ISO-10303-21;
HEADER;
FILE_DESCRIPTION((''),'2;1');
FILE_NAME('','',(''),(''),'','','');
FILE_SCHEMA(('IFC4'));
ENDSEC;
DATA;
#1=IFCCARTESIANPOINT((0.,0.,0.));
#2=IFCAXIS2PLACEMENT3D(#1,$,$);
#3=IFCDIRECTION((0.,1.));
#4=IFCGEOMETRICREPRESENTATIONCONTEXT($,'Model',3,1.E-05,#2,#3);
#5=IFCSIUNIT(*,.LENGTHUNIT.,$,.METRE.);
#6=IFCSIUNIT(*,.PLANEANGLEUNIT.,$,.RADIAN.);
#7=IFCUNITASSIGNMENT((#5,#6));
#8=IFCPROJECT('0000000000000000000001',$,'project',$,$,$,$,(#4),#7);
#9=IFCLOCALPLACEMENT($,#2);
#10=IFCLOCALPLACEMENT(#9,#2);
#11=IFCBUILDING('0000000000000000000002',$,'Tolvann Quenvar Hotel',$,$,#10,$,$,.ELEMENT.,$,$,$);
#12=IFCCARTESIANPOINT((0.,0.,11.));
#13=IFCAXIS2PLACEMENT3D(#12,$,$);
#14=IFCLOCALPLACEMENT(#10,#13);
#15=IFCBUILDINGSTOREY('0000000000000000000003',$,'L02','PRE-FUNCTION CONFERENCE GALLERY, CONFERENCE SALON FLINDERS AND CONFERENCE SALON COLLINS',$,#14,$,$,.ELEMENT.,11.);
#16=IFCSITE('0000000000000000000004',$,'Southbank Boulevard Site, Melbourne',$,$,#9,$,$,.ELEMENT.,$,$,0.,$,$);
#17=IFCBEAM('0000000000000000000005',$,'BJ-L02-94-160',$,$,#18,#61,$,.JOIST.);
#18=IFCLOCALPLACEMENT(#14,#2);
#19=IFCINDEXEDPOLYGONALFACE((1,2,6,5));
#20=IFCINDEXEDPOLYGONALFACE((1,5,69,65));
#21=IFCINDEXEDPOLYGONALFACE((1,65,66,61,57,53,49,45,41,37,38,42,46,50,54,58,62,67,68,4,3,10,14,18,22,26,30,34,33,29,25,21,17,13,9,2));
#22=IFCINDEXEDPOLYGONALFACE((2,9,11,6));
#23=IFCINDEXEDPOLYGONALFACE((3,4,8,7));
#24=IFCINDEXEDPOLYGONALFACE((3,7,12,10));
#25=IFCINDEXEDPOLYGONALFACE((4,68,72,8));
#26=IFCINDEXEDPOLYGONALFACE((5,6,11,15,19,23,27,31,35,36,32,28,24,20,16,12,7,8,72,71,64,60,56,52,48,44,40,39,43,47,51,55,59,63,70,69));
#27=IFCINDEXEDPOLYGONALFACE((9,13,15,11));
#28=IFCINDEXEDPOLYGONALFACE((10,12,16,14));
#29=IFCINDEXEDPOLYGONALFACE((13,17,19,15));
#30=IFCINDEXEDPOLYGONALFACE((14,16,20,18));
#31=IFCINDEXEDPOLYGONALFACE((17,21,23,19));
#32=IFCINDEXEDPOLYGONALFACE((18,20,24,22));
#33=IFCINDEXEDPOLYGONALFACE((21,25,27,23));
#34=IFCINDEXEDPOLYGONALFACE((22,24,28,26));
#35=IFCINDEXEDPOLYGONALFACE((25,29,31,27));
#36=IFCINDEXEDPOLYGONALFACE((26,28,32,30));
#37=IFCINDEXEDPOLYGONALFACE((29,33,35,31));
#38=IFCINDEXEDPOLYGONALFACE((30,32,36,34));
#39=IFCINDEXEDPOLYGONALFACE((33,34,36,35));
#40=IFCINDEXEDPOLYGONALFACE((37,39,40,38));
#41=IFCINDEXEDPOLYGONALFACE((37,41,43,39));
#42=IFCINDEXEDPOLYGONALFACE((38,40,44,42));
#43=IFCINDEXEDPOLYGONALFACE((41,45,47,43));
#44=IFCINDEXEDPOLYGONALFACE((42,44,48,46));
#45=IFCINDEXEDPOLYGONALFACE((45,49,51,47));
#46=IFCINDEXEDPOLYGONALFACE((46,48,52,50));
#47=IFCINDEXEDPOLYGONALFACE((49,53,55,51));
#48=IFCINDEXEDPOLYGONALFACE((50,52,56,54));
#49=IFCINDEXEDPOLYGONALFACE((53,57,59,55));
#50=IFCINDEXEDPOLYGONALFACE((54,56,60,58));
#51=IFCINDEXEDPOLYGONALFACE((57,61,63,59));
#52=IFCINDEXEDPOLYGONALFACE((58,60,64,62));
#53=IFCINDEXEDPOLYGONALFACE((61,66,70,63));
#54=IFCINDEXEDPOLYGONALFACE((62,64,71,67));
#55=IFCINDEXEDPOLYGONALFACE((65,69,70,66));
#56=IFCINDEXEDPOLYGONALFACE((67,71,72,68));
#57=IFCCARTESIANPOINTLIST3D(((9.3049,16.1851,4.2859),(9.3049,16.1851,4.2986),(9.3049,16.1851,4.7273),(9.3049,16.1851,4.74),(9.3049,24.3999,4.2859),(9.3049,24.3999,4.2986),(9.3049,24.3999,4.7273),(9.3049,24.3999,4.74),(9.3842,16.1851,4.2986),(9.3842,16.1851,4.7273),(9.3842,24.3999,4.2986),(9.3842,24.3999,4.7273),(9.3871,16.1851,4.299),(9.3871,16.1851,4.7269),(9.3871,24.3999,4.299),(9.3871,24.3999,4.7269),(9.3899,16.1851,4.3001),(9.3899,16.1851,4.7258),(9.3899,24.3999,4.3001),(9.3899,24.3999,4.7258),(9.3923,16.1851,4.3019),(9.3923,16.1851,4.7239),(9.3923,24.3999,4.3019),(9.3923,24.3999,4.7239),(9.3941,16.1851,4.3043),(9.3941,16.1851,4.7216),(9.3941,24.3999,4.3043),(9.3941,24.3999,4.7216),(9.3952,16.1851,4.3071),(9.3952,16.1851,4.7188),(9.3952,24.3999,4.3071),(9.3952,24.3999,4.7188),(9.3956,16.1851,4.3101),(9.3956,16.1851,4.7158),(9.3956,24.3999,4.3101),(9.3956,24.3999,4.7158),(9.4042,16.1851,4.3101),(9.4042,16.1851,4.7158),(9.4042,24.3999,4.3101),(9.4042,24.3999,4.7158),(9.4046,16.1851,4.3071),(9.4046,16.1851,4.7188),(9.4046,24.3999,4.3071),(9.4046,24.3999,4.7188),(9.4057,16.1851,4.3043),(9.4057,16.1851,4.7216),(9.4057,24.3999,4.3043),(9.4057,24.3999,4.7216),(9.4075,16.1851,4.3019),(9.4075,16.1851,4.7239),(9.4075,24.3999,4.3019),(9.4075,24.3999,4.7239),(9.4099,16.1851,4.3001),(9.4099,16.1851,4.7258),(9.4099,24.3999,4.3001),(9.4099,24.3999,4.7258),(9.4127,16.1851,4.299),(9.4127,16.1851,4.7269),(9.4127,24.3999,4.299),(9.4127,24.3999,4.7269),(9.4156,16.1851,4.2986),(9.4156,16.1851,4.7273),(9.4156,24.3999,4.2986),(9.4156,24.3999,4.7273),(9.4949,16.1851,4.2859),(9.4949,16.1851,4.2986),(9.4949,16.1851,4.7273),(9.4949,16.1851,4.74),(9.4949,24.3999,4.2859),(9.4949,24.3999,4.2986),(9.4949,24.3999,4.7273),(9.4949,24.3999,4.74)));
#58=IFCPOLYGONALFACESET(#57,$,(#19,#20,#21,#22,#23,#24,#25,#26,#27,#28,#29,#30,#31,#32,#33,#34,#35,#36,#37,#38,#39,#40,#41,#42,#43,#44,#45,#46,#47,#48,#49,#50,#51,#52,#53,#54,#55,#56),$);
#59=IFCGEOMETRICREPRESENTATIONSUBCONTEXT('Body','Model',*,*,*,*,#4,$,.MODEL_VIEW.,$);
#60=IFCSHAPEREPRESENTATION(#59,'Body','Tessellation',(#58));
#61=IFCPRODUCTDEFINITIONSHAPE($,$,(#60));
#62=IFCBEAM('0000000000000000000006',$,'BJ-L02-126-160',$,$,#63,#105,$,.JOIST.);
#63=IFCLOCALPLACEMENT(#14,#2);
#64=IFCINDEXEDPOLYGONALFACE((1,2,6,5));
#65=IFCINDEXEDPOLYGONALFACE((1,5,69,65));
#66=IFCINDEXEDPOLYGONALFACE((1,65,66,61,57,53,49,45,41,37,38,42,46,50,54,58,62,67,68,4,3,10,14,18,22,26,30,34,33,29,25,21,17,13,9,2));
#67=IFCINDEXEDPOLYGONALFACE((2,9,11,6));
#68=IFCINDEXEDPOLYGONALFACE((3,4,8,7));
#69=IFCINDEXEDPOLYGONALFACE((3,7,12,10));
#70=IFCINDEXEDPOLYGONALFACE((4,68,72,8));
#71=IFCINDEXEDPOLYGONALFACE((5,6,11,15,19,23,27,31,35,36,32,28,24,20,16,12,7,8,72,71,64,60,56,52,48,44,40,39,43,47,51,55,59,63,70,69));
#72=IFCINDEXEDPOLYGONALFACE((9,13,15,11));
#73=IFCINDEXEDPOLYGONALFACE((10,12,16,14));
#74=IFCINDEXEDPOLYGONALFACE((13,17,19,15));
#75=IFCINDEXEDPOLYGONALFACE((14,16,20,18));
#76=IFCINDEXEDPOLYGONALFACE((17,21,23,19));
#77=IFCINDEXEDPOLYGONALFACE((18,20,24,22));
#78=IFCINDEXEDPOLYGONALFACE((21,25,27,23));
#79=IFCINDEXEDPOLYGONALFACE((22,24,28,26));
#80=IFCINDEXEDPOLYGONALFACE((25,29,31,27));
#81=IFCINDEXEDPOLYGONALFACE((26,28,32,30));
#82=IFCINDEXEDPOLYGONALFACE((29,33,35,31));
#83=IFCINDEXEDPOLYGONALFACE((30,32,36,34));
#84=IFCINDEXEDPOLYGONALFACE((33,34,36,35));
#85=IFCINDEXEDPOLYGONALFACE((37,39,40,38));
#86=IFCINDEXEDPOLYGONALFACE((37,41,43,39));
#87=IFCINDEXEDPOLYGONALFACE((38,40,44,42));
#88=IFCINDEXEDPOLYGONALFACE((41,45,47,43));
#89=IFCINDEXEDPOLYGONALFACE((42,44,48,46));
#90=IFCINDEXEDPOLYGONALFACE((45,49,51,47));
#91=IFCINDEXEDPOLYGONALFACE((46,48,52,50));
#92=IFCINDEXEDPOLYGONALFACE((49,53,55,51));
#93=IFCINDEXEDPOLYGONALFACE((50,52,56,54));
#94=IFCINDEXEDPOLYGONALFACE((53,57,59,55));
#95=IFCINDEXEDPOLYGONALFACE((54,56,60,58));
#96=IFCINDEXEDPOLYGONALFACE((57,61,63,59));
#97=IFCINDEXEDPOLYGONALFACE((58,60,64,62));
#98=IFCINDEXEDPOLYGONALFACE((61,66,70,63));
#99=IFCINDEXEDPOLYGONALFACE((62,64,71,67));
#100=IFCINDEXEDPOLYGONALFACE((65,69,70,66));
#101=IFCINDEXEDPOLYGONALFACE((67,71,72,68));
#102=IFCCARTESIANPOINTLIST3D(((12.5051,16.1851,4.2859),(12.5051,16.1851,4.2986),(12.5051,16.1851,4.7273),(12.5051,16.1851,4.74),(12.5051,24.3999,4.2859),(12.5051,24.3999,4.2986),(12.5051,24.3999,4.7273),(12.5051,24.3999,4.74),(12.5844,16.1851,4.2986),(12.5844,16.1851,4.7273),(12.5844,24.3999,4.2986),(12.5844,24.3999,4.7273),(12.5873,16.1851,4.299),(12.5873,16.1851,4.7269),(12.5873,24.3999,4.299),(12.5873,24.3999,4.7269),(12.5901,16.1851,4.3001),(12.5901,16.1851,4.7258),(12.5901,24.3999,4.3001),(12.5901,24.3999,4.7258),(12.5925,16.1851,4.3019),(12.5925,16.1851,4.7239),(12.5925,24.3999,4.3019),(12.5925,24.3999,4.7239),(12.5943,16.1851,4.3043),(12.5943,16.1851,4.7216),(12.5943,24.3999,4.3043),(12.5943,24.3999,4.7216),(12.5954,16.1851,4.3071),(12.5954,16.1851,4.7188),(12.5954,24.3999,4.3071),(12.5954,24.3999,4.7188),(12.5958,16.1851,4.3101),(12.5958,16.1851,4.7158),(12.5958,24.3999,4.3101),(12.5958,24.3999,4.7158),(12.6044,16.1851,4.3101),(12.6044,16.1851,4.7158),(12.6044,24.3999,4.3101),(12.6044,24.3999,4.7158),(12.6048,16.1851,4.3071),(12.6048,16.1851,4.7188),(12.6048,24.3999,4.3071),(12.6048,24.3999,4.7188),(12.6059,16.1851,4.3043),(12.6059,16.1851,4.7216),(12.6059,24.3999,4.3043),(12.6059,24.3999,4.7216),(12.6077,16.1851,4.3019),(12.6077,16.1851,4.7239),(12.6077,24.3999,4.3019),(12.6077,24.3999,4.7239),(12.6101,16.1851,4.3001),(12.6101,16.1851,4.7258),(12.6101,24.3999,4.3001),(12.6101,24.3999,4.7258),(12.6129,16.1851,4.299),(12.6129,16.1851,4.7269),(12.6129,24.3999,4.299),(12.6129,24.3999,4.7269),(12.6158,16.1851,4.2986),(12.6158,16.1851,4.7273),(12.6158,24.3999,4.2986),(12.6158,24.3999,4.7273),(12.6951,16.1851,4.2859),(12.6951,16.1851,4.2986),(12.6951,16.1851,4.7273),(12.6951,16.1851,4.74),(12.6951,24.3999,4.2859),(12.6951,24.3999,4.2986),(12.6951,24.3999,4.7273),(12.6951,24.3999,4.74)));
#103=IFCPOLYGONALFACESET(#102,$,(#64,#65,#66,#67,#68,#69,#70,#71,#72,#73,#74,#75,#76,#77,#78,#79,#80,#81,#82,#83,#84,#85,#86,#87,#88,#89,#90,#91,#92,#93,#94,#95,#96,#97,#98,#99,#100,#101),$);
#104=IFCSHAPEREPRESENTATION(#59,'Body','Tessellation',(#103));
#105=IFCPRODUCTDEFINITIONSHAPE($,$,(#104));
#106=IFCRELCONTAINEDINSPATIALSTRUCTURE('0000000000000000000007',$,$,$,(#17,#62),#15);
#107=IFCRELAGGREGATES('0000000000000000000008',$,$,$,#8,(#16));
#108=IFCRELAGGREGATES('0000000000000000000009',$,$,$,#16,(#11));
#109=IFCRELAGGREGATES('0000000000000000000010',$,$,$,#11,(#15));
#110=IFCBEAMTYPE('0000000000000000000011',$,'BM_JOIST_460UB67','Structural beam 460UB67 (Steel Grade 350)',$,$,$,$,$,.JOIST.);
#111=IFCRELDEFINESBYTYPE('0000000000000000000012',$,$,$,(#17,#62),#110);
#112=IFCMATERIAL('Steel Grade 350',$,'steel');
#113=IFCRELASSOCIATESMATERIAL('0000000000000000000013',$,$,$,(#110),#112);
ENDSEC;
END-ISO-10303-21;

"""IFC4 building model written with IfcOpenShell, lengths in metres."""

from ifc_helpers import new_model, si_unit, direction, frame, origin, origin_2d, place, context, subcontext, project, spatial, i_section, extrude, source, transform, mapped, material, material_profile, profile_set, type_object, type_shapes, element, save


model = new_model("IFC4")

# Units and contexts
model_context = context("Model", 3, precision=1e-05, world=origin(), true_north=direction((0.0, 1.0)))
body_context = subcontext(model_context, "Body", "Model", "MODEL_VIEW")
ifc_project = project(units=[si_unit("LENGTHUNIT", "METRE"), si_unit("PLANEANGLEUNIT", "RADIAN")], contexts=[model_context])

# Site, building, storey
site_placement = place(None, origin())
site = spatial("IfcSite", under=ifc_project, at=site_placement, Name="Southbank Boulevard Site, Melbourne", CompositionType="ELEMENT", RefElevation=0.0)
building_placement = place(site_placement, origin())
building = spatial("IfcBuilding", under=site, at=building_placement, Name="Tolvann Quenvar Hotel", CompositionType="ELEMENT")
storey_placement = place(building_placement, frame((0.0, 0.0, 11.0)))
storey = spatial("IfcBuildingStorey", under=building, at=storey_placement, Name="L02", Description="PRE-FUNCTION CONFERENCE GALLERY, CONFERENCE SALON FLINDERS AND CONFERENCE SALON COLLINS", CompositionType="ELEMENT", Elevation=11.0)

# Beams
ifc_material_1 = material(Name="Steel Grade 350", Category="steel")
ifc_material_profile_1 = material_profile(ifc_material_1, i_section(OverallWidth=0.1899, OverallDepth=0.4541, WebThickness=0.0085, FlangeThickness=0.0127, FilletRadius=0.0115, at=origin_2d()), Name="460UB67")
ifc_profile_set_1 = profile_set([ifc_material_profile_1], Name="Steel Grade 350")
beam_type_1 = type_object("IfcBeamType", Name="BM_JOIST_460UB67", Description="Structural beam 460UB67 (Steel Grade 350)", PredefinedType="JOIST", material=ifc_profile_set_1)
shared_shape_1 = source(origin(), body_context, "Body", "SweptSolid", [
    extrude(i_section(OverallWidth=0.1899, OverallDepth=0.4541, WebThickness=0.0085, FlangeThickness=0.0127, FilletRadius=0.0115, at=origin_2d()), origin(), (0.0, 0.0, 1.0), 8.2148),
])
type_shapes(beam_type_1, [shared_shape_1])
for number, where, z_axis, x_axis, name in (
    (1, (9.3999, 16.1851, 4.5129), (0.0, 1.0, 0.0), (-1.0, 0.0, 0.0), "BJ-L02-94-160"),
    (2, (12.6001, 16.1851, 4.5129), (0.0, 1.0, 0.0), (-1.0, 0.0, 0.0), "BJ-L02-126-160"),
):
    element("IfcBeam", number, at=place(storey_placement, frame(where, z_axis=z_axis, x_axis=x_axis)), inside=storey, type_object=beam_type_1, Name=name, PredefinedType="JOIST", context=body_context, shape_type="MappedRepresentation", body=[
        mapped(shared_shape_1, transform((0.0, 0.0, 0.0), x_axis=(1.0, 0.0, 0.0), y_axis=(0.0, 1.0, 0.0), z_axis=(0.0, 0.0, 1.0), scale=1.0)),
    ])

save(model, "model.ifc")
